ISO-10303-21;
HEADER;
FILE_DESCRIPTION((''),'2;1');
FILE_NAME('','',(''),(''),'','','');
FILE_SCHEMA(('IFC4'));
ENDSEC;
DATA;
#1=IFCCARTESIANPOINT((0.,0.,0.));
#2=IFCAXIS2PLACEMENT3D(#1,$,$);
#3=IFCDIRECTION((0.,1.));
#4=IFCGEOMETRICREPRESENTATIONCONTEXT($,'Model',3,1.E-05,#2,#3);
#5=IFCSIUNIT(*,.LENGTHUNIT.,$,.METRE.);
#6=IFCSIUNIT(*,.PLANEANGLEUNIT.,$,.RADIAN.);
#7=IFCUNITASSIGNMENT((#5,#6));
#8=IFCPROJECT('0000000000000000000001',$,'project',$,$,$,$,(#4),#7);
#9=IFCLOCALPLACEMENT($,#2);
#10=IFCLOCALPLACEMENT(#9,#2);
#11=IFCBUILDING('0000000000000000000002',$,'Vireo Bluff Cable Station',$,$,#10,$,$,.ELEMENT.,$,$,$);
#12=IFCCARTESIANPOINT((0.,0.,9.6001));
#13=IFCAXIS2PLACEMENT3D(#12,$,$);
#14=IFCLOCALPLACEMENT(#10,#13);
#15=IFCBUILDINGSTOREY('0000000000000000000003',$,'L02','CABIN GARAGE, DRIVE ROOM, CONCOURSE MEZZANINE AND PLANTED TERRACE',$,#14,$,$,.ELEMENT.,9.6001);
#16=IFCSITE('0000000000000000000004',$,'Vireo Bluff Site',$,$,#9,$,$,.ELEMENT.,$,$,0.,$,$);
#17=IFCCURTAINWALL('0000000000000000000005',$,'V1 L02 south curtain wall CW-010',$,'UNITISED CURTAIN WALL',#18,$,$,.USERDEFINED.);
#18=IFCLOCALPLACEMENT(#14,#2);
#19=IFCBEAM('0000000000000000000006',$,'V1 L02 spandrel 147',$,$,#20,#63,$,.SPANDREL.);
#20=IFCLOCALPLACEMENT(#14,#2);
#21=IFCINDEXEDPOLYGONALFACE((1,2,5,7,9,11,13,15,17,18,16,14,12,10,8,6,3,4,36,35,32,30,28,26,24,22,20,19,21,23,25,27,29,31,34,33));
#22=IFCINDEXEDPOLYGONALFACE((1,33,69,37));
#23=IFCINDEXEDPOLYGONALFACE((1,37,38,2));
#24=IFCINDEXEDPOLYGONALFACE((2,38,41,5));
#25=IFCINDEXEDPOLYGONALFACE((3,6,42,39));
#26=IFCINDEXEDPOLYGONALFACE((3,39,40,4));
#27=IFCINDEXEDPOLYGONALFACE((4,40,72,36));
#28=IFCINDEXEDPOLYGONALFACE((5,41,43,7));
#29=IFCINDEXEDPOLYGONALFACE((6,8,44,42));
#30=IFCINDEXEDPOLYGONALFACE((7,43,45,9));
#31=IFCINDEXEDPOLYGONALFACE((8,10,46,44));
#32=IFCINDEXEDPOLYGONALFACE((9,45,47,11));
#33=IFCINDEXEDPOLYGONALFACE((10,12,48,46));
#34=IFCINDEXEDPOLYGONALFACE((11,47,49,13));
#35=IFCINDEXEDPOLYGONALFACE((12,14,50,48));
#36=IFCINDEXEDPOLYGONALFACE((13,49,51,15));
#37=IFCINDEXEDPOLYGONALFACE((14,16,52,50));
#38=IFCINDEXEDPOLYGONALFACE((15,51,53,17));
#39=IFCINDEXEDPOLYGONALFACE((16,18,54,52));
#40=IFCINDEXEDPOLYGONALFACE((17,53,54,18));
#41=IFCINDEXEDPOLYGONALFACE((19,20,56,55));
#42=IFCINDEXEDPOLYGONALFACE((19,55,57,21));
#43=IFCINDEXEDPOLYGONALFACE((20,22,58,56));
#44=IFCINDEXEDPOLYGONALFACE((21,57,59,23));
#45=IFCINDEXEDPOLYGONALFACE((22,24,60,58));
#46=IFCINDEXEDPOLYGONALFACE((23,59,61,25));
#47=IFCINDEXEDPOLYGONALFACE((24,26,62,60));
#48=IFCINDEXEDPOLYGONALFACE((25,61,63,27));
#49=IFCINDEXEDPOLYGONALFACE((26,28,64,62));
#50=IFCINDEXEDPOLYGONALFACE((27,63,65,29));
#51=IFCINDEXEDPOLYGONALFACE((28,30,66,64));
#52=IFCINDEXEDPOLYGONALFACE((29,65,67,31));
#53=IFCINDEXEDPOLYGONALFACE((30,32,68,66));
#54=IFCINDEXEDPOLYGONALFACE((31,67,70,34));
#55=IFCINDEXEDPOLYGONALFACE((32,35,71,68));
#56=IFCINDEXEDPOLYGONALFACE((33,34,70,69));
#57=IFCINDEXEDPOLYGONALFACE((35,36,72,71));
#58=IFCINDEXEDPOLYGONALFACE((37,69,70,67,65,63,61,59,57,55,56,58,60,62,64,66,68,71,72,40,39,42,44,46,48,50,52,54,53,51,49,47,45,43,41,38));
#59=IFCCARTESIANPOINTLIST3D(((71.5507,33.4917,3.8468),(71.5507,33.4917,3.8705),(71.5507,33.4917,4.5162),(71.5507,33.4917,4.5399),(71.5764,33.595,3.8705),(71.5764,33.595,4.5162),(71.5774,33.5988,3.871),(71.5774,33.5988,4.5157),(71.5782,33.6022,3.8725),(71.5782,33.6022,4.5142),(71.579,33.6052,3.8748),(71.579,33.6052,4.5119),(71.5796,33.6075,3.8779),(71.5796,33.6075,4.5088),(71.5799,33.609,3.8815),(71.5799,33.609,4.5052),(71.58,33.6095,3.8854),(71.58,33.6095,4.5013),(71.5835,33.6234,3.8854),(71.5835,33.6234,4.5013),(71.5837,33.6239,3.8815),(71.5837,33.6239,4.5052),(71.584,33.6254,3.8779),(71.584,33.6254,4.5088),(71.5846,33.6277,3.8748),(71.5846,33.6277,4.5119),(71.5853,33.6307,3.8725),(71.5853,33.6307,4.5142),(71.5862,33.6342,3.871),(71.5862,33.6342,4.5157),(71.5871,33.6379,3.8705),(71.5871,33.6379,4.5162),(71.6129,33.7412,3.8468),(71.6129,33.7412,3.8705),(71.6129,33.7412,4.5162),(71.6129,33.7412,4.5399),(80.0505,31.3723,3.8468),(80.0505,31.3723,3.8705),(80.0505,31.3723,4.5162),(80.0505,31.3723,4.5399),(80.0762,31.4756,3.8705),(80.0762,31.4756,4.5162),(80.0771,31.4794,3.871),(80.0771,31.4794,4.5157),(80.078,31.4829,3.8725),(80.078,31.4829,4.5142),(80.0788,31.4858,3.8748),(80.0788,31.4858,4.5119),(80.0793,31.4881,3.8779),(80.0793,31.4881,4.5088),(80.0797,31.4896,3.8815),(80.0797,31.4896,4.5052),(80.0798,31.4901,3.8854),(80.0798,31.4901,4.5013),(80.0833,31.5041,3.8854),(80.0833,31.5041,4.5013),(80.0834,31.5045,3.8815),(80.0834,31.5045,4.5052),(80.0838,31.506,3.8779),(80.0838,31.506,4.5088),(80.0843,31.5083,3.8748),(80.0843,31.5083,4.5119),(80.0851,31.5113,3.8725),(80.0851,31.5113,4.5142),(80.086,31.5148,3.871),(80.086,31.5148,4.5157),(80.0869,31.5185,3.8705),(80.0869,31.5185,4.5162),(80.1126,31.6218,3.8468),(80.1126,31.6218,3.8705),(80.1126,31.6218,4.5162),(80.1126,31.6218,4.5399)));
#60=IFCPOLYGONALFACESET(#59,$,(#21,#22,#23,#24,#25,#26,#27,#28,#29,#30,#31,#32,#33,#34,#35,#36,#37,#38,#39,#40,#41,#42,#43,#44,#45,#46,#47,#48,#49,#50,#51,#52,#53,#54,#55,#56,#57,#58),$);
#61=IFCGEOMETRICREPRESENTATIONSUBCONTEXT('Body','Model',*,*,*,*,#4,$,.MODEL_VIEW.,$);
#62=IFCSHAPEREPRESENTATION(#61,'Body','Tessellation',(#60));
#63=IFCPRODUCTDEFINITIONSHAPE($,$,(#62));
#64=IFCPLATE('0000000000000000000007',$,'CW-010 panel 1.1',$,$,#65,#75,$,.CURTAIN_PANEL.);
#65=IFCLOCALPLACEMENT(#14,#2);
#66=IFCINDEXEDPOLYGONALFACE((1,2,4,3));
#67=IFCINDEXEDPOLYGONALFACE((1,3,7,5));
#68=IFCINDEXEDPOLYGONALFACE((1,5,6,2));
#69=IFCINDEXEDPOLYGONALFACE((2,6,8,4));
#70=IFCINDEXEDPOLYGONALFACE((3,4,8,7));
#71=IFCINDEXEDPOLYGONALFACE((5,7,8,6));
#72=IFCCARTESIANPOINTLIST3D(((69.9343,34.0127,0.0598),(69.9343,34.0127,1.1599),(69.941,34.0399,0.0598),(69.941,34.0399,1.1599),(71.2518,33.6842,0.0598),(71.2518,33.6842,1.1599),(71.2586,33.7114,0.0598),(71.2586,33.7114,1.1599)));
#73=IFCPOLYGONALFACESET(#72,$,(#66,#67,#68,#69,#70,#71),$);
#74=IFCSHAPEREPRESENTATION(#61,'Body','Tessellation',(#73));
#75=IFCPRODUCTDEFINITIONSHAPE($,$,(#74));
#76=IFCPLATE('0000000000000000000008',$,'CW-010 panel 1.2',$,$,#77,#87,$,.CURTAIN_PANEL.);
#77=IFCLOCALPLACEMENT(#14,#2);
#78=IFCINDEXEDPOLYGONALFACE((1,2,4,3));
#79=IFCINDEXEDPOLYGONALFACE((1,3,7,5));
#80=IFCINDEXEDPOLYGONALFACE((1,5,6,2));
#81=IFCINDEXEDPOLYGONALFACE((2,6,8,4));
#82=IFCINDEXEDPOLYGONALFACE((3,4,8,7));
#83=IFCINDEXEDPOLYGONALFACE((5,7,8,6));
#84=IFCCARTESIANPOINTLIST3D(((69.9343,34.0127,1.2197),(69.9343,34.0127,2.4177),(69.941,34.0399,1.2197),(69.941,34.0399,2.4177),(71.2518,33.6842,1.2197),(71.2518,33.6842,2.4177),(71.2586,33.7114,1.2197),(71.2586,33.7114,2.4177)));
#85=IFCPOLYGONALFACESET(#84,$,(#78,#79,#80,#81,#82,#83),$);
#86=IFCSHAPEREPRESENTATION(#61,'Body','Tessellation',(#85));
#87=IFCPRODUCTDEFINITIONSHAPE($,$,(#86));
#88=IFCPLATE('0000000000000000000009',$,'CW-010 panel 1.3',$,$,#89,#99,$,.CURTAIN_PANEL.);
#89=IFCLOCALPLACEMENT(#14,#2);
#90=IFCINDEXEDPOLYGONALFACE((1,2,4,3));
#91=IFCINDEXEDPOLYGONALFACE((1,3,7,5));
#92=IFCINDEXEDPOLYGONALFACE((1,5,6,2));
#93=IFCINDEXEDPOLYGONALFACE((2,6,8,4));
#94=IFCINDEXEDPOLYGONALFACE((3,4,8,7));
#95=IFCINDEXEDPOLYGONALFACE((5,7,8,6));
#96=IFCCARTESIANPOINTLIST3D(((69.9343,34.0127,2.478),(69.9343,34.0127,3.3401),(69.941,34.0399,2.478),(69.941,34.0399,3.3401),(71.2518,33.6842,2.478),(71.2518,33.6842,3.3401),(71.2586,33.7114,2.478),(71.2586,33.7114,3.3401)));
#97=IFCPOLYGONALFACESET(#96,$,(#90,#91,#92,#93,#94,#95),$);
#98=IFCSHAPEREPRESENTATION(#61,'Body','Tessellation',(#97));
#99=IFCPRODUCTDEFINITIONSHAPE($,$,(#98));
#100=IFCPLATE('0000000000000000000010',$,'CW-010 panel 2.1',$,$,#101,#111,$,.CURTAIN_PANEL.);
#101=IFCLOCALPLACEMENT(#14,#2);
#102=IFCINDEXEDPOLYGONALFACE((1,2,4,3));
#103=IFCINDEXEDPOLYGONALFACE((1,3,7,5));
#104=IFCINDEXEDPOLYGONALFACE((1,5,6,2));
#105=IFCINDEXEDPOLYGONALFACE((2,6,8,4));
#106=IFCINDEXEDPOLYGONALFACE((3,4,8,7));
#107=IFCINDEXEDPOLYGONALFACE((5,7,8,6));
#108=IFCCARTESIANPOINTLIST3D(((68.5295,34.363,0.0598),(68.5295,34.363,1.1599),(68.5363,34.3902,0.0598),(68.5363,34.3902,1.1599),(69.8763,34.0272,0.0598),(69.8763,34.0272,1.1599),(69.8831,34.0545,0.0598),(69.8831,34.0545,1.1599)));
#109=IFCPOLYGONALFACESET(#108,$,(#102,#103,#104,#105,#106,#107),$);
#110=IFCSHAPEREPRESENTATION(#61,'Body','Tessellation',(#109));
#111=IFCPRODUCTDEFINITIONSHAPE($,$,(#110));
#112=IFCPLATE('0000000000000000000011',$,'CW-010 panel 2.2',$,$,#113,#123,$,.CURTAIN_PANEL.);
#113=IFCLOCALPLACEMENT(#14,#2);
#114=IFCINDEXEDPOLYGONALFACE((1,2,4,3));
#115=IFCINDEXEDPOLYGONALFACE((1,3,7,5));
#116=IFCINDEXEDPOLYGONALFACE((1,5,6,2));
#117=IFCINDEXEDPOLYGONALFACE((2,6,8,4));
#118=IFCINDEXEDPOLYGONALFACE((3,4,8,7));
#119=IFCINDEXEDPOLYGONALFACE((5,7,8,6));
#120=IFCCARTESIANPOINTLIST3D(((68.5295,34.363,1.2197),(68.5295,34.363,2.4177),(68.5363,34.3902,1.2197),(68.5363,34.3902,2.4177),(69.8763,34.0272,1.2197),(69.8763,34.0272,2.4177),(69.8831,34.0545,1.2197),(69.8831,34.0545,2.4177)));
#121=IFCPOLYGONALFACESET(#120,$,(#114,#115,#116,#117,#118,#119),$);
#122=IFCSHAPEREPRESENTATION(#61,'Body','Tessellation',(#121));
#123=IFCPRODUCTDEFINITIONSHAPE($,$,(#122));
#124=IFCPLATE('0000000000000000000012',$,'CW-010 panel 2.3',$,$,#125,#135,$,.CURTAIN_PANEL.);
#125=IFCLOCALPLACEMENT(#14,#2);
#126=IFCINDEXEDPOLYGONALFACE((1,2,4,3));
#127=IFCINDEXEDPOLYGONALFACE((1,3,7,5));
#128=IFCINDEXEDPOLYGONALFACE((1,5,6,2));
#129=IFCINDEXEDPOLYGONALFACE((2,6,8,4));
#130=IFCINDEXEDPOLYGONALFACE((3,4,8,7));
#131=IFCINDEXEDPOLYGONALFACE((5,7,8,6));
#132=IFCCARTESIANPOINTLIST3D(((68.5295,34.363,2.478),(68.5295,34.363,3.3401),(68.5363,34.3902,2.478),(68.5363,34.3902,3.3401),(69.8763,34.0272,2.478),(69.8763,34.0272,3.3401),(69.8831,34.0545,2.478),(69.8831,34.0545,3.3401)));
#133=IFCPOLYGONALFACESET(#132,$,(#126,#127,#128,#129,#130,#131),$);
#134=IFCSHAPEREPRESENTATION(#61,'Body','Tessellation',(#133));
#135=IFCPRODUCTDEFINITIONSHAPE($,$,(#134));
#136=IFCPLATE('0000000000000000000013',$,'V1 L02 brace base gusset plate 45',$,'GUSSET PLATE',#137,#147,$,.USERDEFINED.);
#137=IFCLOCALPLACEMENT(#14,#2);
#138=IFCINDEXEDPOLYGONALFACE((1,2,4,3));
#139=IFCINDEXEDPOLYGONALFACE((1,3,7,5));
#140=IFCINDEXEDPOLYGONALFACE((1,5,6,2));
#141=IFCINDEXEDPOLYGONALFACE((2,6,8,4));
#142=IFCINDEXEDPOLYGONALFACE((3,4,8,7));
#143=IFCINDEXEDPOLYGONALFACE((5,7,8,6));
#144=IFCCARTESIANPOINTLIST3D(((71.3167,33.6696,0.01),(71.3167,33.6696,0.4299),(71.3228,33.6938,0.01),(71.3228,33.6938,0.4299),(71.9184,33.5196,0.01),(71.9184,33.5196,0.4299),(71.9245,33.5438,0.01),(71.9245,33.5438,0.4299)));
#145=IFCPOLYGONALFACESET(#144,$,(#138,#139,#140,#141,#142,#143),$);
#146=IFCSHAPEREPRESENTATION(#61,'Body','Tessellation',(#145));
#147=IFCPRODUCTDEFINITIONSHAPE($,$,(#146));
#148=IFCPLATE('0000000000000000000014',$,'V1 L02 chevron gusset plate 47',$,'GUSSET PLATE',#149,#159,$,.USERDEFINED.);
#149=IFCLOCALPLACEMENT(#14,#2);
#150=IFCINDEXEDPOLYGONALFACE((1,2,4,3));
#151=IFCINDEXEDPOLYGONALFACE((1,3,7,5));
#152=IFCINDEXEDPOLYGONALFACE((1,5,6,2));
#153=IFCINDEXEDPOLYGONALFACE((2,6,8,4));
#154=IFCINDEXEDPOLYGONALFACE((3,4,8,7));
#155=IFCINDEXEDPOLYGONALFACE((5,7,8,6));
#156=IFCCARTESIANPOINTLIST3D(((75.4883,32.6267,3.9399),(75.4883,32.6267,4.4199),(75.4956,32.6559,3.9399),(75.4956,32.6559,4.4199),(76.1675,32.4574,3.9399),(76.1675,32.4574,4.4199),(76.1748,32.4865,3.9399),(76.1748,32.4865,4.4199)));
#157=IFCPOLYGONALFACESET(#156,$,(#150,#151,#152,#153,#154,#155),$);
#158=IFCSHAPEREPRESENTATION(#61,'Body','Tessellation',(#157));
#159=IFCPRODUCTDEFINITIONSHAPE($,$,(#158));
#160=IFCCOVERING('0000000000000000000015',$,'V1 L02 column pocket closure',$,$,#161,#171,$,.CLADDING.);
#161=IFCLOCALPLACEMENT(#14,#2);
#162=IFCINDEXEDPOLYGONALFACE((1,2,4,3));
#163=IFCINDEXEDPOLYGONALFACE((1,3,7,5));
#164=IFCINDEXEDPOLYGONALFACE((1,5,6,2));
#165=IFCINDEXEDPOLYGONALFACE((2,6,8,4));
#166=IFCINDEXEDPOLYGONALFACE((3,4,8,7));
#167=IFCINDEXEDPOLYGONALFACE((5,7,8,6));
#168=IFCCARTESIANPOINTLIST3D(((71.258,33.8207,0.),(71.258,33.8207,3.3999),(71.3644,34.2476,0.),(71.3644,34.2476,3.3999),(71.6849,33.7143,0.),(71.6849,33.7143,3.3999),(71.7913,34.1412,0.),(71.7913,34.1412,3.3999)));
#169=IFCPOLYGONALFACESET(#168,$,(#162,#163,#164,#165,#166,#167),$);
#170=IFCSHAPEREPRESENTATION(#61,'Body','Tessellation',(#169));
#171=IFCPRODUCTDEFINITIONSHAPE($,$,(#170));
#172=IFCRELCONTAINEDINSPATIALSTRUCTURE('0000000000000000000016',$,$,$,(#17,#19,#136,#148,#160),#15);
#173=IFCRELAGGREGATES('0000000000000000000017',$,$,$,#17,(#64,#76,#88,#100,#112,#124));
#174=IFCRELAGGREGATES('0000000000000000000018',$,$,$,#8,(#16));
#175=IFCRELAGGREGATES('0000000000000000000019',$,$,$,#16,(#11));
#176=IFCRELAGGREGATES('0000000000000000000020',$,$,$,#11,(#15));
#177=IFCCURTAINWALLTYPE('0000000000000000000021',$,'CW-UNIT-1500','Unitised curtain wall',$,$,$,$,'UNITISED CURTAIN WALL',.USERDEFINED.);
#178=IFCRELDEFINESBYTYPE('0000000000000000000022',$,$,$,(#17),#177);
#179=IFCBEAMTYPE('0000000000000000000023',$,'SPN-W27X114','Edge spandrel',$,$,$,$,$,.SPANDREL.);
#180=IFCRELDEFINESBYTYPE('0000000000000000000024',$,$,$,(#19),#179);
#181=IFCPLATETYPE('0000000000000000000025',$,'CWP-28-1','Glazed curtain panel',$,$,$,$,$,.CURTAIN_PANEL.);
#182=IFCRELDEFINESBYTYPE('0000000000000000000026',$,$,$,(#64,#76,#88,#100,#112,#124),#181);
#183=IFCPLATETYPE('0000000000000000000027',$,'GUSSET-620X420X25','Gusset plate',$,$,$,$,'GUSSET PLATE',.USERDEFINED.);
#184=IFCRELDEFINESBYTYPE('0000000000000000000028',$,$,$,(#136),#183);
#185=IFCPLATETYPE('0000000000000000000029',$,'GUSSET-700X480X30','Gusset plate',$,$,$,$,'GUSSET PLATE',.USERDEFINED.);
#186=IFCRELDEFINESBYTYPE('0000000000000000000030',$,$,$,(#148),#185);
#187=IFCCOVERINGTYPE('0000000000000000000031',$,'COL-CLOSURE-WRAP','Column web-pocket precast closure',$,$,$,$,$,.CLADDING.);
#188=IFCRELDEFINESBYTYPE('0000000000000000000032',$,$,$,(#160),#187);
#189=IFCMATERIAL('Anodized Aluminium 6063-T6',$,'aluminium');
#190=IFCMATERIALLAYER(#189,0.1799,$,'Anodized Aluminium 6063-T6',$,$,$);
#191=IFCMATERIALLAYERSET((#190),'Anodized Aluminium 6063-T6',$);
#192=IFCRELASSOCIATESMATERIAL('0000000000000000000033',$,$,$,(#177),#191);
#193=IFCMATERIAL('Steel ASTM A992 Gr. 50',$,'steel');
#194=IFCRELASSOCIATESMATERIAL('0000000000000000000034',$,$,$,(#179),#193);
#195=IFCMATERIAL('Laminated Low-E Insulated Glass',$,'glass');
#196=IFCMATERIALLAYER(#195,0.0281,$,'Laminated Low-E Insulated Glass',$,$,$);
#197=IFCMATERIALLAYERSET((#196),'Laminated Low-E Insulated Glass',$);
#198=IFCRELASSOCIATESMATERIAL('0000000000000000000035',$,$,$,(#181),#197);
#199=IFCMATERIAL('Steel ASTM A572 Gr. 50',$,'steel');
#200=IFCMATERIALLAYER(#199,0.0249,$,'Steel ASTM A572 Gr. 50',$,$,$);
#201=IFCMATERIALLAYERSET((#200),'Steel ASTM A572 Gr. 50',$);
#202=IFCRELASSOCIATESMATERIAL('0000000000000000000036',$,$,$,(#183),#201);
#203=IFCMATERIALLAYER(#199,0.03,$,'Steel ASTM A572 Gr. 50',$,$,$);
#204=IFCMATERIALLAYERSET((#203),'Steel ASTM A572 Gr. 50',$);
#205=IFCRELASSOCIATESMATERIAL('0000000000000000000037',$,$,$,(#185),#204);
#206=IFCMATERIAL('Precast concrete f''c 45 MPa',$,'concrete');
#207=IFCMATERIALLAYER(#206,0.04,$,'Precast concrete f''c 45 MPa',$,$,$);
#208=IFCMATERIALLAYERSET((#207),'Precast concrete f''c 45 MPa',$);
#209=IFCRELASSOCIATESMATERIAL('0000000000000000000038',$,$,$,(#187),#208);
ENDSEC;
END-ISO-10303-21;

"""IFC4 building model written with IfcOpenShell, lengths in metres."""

from ifc_helpers import new_model, si_unit, direction, frame, origin, origin_2d, place, context, subcontext, project, spatial, rectangle, i_section, extrude, material, layer, layer_set, material_profile, profile_set, type_object, element, aggregate, save


model = new_model("IFC4")

# Units and contexts
model_context = context("Model", 3, precision=1e-05, world=origin(), true_north=direction((0.0, 1.0)))
body_context = subcontext(model_context, "Body", "Model", "MODEL_VIEW")
ifc_project = project(units=[si_unit("LENGTHUNIT", "METRE"), si_unit("PLANEANGLEUNIT", "RADIAN")], contexts=[model_context])

# Site, building, storey
site_placement = place(None, origin())
site = spatial("IfcSite", under=ifc_project, at=site_placement, Name="Vireo Bluff Site", CompositionType="ELEMENT", RefElevation=0.0)
building_placement = place(site_placement, origin())
building = spatial("IfcBuilding", under=site, at=building_placement, Name="Vireo Bluff Cable Station", CompositionType="ELEMENT")
storey_placement = place(building_placement, frame((0.0, 0.0, 9.6001)))
storey = spatial("IfcBuildingStorey", under=building, at=storey_placement, Name="L02", Description="CABIN GARAGE, DRIVE ROOM, CONCOURSE MEZZANINE AND PLANTED TERRACE", CompositionType="ELEMENT", Elevation=9.6001)

# Shared definitions
ifc_material_1 = material(Name="Steel ASTM A992 Gr. 50", Category="steel")

# Curtain wall
ifc_material_2 = material(Name="Anodized Aluminium 6063-T6", Category="aluminium")
ifc_layer_1 = layer(ifc_material_2, 0.1799, Name="Anodized Aluminium 6063-T6")
ifc_layer_set_1 = layer_set([ifc_layer_1], Name="Anodized Aluminium 6063-T6")
curtain_wall_type = type_object("IfcCurtainWallType", Name="CW-UNIT-1500", Description="Unitised curtain wall", ElementType="UNITISED CURTAIN WALL", PredefinedType="USERDEFINED", material=ifc_layer_set_1)
curtain_wall_placement = place(storey_placement, origin())
curtain_wall = element("IfcCurtainWall", 1, at=curtain_wall_placement, inside=storey, type_object=curtain_wall_type, Name="V1 L02 south curtain wall CW-010", ObjectType="UNITISED CURTAIN WALL", PredefinedType="USERDEFINED")

# Beam
ifc_material_profile_1 = material_profile(ifc_material_1, i_section(OverallWidth=0.2571, OverallDepth=0.6931, WebThickness=0.0144, FlangeThickness=0.0237, FilletRadius=0.0149, at=origin_2d()), Name="W27X114")
ifc_profile_set_1 = profile_set([ifc_material_profile_1], Name="Steel ASTM A992 Gr. 50")
beam_type_1 = type_object("IfcBeamType", Name="SPN-W27X114", Description="Edge spandrel", PredefinedType="SPANDREL", material=ifc_profile_set_1)
beam_1_placement = place(storey_placement, frame((71.5818, 33.6165, 4.1934), z_axis=(0.970292, -0.241939, 0.0), x_axis=(0.241939, 0.970292, 0.0)))
element("IfcBeam", 2, at=beam_1_placement, inside=storey, type_object=beam_type_1, Name="V1 L02 spandrel 147", PredefinedType="SPANDREL", context=body_context, shape_type="SweptSolid", body=[
    extrude(i_section(OverallWidth=0.2571, OverallDepth=0.6931, WebThickness=0.0144, FlangeThickness=0.0237, FilletRadius=0.0149, at=origin_2d()), origin(), (0.0, 0.0, 1.0), 8.76),
])

# Plates
ifc_material_3 = material(Name="Laminated Low-E Insulated Glass", Category="glass")
ifc_layer_2 = layer(ifc_material_3, 0.0281, Name="Laminated Low-E Insulated Glass")
ifc_layer_set_2 = layer_set([ifc_layer_2], Name="Laminated Low-E Insulated Glass")
plate_type_1 = type_object("IfcPlateType", Name="CWP-28-1", Description="Glazed curtain panel", PredefinedType="CURTAIN_PANEL", material=ifc_layer_set_2)
plate_1_placement = place(storey_placement, frame((70.5964, 33.8621, 0.0598), z_axis=(0.0, 0.0, 1.0), x_axis=(-0.970296, 0.241922, 0.0)))
plate_1 = element("IfcPlate", 3, at=plate_1_placement, type_object=plate_type_1, Name="CW-010 panel 1.1", PredefinedType="CURTAIN_PANEL", context=body_context, shape_type="SweptSolid", body=[
    extrude(rectangle(XDim=1.3579, YDim=0.0281, at=origin_2d()), origin(), (0.0, 0.0, 1.0), 1.1001),
])
plate_2_placement = place(storey_placement, frame((70.5964, 33.8621, 1.2197), z_axis=(0.0, 0.0, 1.0), x_axis=(-0.970296, 0.241922, 0.0)))
plate_2 = element("IfcPlate", 4, at=plate_2_placement, type_object=plate_type_1, Name="CW-010 panel 1.2", PredefinedType="CURTAIN_PANEL", context=body_context, shape_type="SweptSolid", body=[
    extrude(rectangle(XDim=1.3579, YDim=0.0281, at=origin_2d()), origin(), (0.0, 0.0, 1.0), 1.198),
])
plate_3_placement = place(storey_placement, frame((70.5964, 33.8621, 2.478), z_axis=(0.0, 0.0, 1.0), x_axis=(-0.970296, 0.241922, 0.0)))
plate_3 = element("IfcPlate", 5, at=plate_3_placement, type_object=plate_type_1, Name="CW-010 panel 1.3", PredefinedType="CURTAIN_PANEL", context=body_context, shape_type="SweptSolid", body=[
    extrude(rectangle(XDim=1.3579, YDim=0.0281, at=origin_2d()), origin(), (0.0, 0.0, 1.0), 0.8621),
])
plate_4_placement = place(storey_placement, frame((69.2063, 34.2087, 0.0598), z_axis=(0.0, 0.0, 1.0), x_axis=(-0.970296, 0.241922, 0.0)))
plate_4 = element("IfcPlate", 6, at=plate_4_placement, type_object=plate_type_1, Name="CW-010 panel 2.1", PredefinedType="CURTAIN_PANEL", context=body_context, shape_type="SweptSolid", body=[
    extrude(rectangle(XDim=1.3879, YDim=0.0281, at=origin_2d()), origin(), (0.0, 0.0, 1.0), 1.1001),
])
plate_5_placement = place(storey_placement, frame((69.2063, 34.2087, 1.2197), z_axis=(0.0, 0.0, 1.0), x_axis=(-0.970296, 0.241922, 0.0)))
plate_5 = element("IfcPlate", 7, at=plate_5_placement, type_object=plate_type_1, Name="CW-010 panel 2.2", PredefinedType="CURTAIN_PANEL", context=body_context, shape_type="SweptSolid", body=[
    extrude(rectangle(XDim=1.3879, YDim=0.0281, at=origin_2d()), origin(), (0.0, 0.0, 1.0), 1.198),
])
plate_6_placement = place(storey_placement, frame((69.2063, 34.2087, 2.478), z_axis=(0.0, 0.0, 1.0), x_axis=(-0.970296, 0.241922, 0.0)))
plate_6 = element("IfcPlate", 8, at=plate_6_placement, type_object=plate_type_1, Name="CW-010 panel 2.3", PredefinedType="CURTAIN_PANEL", context=body_context, shape_type="SweptSolid", body=[
    extrude(rectangle(XDim=1.3879, YDim=0.0281, at=origin_2d()), origin(), (0.0, 0.0, 1.0), 0.8621),
])
aggregate(curtain_wall, [plate_1, plate_2, plate_3, plate_4, plate_5, plate_6])

# Plates
ifc_material_4 = material(Name="Steel ASTM A572 Gr. 50", Category="steel")
ifc_layer_3 = layer(ifc_material_4, 0.0249, Name="Steel ASTM A572 Gr. 50")
ifc_layer_set_3 = layer_set([ifc_layer_3], Name="Steel ASTM A572 Gr. 50")
plate_type_2 = type_object("IfcPlateType", Name="GUSSET-620X420X25", Description="Gusset plate", ElementType="GUSSET PLATE", PredefinedType="USERDEFINED", material=ifc_layer_set_3)
plate_7_placement = place(storey_placement, frame((71.6206, 33.6067, 0.01), z_axis=(0.0, 0.0, 1.0), x_axis=(0.970296, -0.241922, 0.0)))
element("IfcPlate", 9, at=plate_7_placement, inside=storey, type_object=plate_type_2, Name="V1 L02 brace base gusset plate 45", ObjectType="GUSSET PLATE", PredefinedType="USERDEFINED", context=body_context, shape_type="SweptSolid", body=[
    extrude(rectangle(XDim=0.6201, YDim=0.0249, at=origin_2d()), origin(), (0.0, 0.0, 1.0), 0.4199),
])
ifc_layer_4 = layer(ifc_material_4, 0.03, Name="Steel ASTM A572 Gr. 50")
ifc_layer_set_4 = layer_set([ifc_layer_4], Name="Steel ASTM A572 Gr. 50")
plate_type_3 = type_object("IfcPlateType", Name="GUSSET-700X480X30", Description="Gusset plate", ElementType="GUSSET PLATE", PredefinedType="USERDEFINED", material=ifc_layer_set_4)
plate_8_placement = place(storey_placement, frame((75.8315, 32.5566, 3.9399), z_axis=(0.0, 0.0, 1.0), x_axis=(0.970296, -0.241922, 0.0)))
element("IfcPlate", 10, at=plate_8_placement, inside=storey, type_object=plate_type_3, Name="V1 L02 chevron gusset plate 47", ObjectType="GUSSET PLATE", PredefinedType="USERDEFINED", context=body_context, shape_type="SweptSolid", body=[
    extrude(rectangle(XDim=0.7, YDim=0.03, at=origin_2d()), origin(), (0.0, 0.0, 1.0), 0.48),
])

# Covering
ifc_material_5 = material(Name="Precast concrete f'c 45 MPa", Category="concrete")
ifc_layer_5 = layer(ifc_material_5, 0.04, Name="Precast concrete f'c 45 MPa")
ifc_layer_set_5 = layer_set([ifc_layer_5], Name="Precast concrete f'c 45 MPa")
covering_type = type_object("IfcCoveringType", Name="COL-CLOSURE-WRAP", Description="Column web-pocket precast closure", PredefinedType="CLADDING", material=ifc_layer_set_5)
covering_placement = place(storey_placement, frame((71.5247, 33.981, 0.0), z_axis=(0.0, 0.0, 1.0), x_axis=(0.970296, -0.241922, 0.0)))
element("IfcCovering", 11, at=covering_placement, inside=storey, type_object=covering_type, Name="V1 L02 column pocket closure", PredefinedType="CLADDING", context=body_context, shape_type="SweptSolid", body=[
    extrude(rectangle(XDim=0.4399, YDim=0.4399, at=origin_2d()), origin(), (0.0, 0.0, 1.0), 3.3999),
])

save(model, "model.ifc")
